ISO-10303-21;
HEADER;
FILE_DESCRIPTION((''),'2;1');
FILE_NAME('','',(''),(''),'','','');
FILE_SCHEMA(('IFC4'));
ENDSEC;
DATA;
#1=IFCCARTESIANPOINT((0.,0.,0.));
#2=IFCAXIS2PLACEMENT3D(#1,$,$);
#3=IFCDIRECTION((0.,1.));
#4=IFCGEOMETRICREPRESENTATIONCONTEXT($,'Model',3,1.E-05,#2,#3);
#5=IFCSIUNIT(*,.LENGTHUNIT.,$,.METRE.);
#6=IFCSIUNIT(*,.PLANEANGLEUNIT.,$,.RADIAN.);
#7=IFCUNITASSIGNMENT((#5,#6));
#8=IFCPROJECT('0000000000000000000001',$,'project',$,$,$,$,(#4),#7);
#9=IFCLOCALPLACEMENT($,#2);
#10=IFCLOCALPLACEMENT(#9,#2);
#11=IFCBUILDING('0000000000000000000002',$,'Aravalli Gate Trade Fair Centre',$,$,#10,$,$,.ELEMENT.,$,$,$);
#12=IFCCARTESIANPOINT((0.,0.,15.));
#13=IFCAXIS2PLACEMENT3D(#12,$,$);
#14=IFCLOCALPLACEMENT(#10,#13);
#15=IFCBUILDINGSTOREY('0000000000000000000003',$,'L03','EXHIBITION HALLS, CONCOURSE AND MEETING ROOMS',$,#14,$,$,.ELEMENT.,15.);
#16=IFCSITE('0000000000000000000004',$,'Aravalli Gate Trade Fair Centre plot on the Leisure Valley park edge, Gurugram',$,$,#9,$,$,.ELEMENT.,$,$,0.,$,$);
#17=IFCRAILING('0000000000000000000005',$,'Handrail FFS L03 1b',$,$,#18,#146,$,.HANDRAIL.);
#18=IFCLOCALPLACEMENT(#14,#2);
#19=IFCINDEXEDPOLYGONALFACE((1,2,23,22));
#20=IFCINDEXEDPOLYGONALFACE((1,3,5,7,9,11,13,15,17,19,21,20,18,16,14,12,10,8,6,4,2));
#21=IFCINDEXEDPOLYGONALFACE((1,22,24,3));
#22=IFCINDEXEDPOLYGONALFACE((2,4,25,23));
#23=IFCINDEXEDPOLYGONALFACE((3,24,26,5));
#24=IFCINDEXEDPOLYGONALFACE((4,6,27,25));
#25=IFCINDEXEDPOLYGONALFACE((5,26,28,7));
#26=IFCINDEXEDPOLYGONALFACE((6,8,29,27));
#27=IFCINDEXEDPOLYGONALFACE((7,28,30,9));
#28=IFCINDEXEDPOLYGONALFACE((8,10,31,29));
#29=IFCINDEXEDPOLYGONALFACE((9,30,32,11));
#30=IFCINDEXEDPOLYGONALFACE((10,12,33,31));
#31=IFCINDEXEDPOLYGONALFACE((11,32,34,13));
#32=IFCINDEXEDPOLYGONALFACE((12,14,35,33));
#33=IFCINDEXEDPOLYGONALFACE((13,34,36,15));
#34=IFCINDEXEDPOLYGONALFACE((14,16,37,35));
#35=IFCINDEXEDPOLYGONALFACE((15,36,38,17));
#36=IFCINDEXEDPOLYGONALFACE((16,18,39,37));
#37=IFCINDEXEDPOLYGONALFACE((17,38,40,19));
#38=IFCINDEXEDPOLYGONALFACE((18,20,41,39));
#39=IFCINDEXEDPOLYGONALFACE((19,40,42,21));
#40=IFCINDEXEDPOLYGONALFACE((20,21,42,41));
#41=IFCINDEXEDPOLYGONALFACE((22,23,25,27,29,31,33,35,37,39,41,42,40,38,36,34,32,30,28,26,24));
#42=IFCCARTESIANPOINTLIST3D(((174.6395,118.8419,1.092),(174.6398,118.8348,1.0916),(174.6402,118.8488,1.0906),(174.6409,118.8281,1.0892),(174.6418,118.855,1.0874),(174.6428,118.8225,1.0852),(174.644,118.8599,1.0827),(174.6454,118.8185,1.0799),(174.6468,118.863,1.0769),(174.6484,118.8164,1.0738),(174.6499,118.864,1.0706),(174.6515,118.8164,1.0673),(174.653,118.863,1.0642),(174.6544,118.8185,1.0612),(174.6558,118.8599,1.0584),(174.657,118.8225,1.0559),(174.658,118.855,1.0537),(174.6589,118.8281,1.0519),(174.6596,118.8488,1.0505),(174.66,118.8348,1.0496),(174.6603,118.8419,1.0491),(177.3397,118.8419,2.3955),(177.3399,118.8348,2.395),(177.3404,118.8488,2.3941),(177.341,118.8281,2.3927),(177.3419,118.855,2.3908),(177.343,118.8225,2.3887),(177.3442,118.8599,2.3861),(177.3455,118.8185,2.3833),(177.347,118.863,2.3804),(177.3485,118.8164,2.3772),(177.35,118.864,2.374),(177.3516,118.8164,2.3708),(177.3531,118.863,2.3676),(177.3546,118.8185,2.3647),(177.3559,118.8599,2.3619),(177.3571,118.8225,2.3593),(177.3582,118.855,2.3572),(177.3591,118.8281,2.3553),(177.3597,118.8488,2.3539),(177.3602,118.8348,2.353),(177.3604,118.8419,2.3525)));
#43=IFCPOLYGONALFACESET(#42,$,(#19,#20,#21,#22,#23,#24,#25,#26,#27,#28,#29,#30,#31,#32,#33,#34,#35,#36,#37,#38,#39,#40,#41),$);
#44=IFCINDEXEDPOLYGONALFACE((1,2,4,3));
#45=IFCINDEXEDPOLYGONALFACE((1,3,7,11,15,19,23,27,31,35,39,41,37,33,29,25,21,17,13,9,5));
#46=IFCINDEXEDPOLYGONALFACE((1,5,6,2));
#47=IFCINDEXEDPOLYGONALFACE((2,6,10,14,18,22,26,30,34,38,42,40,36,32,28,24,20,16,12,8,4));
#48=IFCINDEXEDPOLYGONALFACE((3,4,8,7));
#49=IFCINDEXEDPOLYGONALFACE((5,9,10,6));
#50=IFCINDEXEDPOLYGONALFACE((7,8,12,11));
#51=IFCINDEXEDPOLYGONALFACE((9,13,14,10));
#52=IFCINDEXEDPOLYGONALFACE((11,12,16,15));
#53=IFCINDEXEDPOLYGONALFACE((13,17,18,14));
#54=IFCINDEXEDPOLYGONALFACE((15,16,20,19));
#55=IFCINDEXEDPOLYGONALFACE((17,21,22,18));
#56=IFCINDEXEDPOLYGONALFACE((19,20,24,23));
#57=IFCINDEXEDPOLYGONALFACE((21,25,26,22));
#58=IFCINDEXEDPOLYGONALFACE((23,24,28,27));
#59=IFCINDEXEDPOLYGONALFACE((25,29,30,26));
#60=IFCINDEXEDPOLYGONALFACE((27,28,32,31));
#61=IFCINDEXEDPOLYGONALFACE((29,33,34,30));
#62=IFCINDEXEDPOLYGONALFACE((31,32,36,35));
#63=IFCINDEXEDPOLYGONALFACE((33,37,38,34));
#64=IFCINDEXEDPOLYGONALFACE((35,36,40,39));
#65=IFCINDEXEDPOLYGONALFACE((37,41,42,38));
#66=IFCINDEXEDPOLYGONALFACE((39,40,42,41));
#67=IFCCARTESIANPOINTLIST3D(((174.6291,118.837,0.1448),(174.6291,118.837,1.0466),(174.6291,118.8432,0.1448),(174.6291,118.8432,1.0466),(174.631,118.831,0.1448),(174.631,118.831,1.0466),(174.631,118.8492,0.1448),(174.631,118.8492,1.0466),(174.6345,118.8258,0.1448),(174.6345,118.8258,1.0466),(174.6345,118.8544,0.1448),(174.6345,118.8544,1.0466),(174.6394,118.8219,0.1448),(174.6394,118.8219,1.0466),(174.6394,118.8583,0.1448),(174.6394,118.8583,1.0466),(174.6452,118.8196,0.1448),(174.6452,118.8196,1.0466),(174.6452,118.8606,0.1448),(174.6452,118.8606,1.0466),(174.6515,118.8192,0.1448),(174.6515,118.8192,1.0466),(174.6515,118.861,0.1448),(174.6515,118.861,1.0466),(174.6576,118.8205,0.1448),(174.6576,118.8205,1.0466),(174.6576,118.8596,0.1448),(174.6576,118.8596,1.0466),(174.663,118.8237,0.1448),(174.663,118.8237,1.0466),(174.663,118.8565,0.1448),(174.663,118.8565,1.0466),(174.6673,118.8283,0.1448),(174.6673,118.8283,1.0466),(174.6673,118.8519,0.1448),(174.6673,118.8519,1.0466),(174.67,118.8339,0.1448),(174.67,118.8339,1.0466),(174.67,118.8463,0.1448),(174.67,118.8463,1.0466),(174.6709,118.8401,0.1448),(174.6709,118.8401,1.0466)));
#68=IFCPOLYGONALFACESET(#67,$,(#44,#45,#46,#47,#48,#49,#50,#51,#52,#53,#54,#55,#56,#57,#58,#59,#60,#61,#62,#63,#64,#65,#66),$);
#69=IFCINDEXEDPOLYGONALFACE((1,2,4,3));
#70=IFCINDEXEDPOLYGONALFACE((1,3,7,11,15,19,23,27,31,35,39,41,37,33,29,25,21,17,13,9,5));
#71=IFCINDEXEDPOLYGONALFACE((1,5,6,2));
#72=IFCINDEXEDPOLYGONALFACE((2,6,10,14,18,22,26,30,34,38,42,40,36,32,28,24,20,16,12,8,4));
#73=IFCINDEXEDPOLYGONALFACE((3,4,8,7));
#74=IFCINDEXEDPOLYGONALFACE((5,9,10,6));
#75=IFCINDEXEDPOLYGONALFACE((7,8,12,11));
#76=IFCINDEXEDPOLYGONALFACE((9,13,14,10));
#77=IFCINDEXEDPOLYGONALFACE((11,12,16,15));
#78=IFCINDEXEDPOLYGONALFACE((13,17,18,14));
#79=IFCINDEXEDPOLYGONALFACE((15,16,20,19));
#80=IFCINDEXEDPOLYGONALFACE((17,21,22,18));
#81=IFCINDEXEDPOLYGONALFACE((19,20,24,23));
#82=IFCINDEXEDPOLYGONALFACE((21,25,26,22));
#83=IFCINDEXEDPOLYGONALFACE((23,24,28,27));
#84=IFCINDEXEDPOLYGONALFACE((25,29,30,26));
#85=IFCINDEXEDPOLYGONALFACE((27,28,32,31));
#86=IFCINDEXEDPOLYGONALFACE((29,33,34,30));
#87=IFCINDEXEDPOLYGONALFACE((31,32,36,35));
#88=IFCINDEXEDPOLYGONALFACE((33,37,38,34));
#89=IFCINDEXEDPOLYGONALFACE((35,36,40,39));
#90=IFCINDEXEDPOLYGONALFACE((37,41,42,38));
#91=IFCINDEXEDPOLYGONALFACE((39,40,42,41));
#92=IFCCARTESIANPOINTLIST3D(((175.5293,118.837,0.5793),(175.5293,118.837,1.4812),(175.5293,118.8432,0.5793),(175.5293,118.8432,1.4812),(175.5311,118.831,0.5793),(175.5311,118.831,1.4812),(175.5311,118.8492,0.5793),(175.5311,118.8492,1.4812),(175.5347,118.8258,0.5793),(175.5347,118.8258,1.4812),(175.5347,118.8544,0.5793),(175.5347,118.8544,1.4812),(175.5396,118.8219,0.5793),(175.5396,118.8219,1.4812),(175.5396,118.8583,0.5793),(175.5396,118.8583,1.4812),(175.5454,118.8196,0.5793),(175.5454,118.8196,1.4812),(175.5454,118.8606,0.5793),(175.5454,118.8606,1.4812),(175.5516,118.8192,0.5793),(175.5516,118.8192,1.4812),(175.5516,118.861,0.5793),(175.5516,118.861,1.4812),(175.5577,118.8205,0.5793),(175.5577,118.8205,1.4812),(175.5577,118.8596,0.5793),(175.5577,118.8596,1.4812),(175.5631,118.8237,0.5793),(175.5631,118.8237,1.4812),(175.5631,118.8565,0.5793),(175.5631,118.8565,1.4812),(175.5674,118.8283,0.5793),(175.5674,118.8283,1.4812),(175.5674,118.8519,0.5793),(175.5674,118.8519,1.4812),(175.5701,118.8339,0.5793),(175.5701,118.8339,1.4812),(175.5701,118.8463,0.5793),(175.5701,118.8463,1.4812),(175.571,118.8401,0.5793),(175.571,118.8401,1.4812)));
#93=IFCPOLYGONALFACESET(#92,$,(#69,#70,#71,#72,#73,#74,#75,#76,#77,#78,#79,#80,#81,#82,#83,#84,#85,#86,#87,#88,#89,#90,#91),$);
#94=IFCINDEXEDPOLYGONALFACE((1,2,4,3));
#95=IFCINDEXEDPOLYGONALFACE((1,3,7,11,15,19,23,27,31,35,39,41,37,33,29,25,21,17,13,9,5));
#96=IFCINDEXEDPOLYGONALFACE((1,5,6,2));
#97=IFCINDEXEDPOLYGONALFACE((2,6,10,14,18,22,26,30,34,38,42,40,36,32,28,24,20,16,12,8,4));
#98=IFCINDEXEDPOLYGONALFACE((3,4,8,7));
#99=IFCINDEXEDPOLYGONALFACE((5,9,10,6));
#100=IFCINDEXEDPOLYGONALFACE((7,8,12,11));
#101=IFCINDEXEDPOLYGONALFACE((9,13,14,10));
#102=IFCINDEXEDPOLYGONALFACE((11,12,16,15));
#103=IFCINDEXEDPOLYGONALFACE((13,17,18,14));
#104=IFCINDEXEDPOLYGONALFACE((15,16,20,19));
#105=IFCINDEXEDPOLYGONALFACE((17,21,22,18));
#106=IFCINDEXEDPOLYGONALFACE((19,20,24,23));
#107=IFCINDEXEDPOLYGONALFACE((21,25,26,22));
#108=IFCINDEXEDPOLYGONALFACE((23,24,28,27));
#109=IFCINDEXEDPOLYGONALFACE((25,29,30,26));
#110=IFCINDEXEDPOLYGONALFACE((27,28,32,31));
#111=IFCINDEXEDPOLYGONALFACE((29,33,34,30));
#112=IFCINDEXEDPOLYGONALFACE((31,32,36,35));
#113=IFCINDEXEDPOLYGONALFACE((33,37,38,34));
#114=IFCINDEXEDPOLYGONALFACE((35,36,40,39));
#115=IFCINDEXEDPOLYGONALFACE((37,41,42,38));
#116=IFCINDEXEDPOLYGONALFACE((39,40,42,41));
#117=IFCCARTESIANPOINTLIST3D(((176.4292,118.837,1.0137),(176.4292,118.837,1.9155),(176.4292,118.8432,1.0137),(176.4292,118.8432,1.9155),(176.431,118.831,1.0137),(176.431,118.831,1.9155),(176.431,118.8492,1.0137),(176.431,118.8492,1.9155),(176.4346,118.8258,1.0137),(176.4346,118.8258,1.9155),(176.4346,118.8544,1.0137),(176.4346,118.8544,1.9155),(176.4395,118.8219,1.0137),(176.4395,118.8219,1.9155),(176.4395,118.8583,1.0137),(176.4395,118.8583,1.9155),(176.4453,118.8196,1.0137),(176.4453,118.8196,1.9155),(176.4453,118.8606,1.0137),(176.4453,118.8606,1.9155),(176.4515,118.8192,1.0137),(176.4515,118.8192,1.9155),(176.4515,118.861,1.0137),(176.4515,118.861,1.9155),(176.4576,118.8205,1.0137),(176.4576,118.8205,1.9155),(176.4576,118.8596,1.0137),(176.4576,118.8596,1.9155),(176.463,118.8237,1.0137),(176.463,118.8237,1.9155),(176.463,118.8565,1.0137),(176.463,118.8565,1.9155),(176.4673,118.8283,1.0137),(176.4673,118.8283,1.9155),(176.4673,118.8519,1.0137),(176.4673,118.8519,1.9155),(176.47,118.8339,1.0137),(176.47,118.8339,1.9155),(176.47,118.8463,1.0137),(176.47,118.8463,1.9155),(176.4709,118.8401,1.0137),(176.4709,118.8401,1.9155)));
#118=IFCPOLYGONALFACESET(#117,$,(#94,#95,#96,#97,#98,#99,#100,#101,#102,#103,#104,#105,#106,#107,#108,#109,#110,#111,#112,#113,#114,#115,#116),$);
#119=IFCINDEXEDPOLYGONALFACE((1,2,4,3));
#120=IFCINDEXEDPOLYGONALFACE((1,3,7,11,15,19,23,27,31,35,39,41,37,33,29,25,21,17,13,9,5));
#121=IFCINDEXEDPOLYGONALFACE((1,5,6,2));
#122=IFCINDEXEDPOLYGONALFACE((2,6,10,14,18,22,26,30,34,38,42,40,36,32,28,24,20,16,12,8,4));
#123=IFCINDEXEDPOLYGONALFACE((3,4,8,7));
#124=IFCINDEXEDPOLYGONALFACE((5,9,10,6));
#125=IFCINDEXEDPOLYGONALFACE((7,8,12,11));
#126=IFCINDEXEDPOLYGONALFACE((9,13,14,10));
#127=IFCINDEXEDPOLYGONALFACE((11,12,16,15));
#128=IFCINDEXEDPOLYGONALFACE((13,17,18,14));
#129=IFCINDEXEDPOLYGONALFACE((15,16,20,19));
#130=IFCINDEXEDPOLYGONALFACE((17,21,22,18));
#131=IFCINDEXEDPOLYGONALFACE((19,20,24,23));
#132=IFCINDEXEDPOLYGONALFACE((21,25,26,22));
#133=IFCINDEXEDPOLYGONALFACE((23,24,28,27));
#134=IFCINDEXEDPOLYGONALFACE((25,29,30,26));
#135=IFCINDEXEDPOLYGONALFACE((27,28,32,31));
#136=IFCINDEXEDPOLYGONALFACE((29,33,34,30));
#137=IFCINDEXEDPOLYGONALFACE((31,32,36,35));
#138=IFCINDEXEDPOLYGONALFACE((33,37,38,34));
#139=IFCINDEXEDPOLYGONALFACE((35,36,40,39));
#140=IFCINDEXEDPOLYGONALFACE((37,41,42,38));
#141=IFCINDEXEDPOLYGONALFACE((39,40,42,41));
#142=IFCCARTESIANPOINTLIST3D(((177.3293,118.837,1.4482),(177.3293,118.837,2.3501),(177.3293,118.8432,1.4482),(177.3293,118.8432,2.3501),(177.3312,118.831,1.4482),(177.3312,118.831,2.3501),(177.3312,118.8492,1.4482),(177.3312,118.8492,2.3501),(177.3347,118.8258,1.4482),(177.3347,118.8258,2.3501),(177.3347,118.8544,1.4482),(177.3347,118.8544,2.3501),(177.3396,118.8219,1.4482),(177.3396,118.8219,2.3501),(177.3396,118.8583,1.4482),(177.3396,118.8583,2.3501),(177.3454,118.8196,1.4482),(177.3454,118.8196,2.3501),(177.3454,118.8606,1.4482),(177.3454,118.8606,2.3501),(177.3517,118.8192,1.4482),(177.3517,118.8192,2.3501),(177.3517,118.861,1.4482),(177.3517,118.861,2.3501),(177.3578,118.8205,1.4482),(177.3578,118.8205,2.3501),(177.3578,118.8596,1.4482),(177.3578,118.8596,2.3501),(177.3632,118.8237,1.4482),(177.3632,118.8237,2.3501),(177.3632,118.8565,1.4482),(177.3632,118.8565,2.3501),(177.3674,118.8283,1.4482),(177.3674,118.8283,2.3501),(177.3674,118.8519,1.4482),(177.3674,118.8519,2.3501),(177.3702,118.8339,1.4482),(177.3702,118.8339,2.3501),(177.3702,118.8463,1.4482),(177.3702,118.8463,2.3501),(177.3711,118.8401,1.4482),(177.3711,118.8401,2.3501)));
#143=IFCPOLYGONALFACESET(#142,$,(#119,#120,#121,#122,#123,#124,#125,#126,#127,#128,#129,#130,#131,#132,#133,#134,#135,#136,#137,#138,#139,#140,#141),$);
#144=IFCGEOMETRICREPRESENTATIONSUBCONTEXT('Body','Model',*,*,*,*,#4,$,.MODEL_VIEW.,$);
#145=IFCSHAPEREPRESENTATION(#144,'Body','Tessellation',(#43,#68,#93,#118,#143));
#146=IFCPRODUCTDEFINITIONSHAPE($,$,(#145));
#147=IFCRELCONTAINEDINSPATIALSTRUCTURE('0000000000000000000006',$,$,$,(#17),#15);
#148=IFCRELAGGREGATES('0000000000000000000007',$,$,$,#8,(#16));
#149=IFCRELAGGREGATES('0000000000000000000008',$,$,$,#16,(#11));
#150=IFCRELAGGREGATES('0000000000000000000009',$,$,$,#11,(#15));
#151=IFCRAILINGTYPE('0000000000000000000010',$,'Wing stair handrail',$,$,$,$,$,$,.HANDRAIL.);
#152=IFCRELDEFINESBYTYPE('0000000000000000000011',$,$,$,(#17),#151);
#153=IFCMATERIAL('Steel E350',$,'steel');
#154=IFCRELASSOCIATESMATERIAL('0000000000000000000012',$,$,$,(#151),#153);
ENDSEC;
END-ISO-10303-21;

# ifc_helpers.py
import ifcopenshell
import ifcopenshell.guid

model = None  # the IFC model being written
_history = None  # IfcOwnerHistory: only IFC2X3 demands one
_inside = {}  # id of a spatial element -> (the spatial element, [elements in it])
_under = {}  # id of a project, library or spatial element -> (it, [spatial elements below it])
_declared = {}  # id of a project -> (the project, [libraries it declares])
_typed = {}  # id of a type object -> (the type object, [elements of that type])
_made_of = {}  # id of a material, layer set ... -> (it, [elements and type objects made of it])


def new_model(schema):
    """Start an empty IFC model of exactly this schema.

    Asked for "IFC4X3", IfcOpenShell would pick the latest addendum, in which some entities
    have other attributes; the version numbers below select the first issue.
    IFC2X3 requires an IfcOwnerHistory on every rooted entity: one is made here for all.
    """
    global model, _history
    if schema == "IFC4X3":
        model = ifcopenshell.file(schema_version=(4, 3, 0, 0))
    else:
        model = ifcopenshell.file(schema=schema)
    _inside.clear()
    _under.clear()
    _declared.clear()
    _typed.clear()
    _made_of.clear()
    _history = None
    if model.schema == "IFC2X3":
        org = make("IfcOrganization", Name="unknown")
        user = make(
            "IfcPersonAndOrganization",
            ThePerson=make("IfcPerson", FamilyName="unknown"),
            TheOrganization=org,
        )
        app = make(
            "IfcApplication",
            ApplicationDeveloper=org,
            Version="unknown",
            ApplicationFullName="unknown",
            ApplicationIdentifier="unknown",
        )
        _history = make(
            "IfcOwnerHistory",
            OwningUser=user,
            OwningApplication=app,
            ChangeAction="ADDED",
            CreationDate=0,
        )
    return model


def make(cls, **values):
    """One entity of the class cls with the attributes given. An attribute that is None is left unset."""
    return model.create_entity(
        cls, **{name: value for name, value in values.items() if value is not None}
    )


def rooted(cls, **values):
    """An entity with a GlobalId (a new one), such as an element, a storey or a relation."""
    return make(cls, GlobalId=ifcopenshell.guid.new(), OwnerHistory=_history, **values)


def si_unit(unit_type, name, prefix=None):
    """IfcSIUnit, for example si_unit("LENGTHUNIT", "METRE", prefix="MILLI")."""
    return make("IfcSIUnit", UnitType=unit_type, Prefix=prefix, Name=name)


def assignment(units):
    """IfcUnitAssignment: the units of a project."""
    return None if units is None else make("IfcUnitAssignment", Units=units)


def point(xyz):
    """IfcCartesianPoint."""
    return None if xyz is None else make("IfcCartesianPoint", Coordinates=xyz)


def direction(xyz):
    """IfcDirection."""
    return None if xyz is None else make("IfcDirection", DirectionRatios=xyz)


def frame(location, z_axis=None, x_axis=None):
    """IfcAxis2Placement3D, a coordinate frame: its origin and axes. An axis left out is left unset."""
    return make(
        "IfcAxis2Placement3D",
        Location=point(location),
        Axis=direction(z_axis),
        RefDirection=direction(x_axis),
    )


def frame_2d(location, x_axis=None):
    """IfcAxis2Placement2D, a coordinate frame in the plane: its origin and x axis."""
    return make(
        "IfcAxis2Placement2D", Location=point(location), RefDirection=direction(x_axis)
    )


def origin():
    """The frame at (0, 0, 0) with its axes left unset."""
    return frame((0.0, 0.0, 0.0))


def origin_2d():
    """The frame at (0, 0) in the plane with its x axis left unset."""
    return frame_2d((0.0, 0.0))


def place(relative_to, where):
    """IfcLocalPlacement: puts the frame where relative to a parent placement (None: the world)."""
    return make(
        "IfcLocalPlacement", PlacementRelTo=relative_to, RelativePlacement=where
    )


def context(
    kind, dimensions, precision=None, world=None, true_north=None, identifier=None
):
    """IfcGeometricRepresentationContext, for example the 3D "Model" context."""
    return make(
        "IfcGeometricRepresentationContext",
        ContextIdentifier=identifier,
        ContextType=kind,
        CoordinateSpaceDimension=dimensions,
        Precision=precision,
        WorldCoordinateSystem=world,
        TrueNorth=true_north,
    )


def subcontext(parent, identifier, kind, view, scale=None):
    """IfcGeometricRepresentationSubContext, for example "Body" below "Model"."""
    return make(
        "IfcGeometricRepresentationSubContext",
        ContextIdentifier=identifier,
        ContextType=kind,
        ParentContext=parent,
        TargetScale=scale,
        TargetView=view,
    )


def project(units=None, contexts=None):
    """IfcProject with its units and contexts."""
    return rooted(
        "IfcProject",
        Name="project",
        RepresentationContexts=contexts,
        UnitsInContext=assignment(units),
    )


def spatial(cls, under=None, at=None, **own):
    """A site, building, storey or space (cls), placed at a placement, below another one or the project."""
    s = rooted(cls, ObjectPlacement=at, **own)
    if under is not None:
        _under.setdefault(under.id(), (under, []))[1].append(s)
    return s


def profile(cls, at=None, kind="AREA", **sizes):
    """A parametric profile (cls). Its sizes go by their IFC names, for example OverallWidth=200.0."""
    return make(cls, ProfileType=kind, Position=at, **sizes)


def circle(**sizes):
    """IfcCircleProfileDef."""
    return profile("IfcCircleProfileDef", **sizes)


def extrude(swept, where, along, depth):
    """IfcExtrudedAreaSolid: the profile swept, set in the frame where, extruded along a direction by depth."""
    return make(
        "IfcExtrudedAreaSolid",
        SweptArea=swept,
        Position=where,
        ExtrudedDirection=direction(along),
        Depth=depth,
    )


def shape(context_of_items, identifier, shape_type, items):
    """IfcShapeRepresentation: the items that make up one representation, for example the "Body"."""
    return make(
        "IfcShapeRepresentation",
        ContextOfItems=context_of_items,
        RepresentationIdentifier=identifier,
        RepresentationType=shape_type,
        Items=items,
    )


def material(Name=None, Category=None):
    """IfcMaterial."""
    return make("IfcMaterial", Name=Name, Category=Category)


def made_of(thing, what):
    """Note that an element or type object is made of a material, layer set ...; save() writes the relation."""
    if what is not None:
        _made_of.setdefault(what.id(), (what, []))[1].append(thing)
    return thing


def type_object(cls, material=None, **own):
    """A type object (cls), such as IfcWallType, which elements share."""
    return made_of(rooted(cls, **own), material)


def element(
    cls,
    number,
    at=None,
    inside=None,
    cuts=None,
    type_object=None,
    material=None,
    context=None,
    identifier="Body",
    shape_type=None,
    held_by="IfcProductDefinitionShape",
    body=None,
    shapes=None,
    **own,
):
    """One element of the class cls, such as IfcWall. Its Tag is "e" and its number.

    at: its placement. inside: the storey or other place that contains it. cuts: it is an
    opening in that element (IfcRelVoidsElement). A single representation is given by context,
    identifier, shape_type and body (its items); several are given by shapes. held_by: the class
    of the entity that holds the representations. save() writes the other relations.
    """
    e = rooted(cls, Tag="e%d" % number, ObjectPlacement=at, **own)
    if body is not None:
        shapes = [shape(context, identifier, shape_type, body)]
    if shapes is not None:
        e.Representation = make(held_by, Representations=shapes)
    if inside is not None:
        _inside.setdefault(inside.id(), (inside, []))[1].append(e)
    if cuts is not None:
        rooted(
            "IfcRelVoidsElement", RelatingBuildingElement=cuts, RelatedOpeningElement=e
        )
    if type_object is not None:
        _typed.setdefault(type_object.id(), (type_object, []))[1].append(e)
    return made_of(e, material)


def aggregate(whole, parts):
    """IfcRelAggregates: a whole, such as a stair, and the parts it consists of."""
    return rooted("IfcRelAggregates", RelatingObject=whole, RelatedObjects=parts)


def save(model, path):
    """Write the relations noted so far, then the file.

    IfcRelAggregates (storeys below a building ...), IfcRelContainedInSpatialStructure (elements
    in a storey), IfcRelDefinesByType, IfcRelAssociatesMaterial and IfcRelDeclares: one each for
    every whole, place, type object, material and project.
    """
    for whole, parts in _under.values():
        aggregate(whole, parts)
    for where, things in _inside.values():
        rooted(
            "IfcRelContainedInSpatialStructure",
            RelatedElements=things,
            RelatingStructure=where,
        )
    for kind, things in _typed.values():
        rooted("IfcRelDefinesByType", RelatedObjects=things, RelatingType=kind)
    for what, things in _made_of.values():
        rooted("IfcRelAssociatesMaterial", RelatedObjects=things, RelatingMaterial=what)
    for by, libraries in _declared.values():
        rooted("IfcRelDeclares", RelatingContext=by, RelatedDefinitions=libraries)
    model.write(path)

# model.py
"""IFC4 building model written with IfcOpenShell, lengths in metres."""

from ifc_helpers import new_model, si_unit, direction, frame, origin, origin_2d, place, context, subcontext, project, spatial, circle, extrude, material, type_object, element, save


model = new_model("IFC4")

# Units and contexts
model_context = context("Model", 3, precision=1e-05, world=origin(), true_north=direction((0.0, 1.0)))
body_context = subcontext(model_context, "Body", "Model", "MODEL_VIEW")
ifc_project = project(units=[si_unit("LENGTHUNIT", "METRE"), si_unit("PLANEANGLEUNIT", "RADIAN")], contexts=[model_context])

# Site, building, storey
site_placement = place(None, origin())
site = spatial("IfcSite", under=ifc_project, at=site_placement, Name="Aravalli Gate Trade Fair Centre plot on the Leisure Valley park edge, Gurugram", CompositionType="ELEMENT", RefElevation=0.0)
building_placement = place(site_placement, origin())
building = spatial("IfcBuilding", under=site, at=building_placement, Name="Aravalli Gate Trade Fair Centre", CompositionType="ELEMENT")
storey_placement = place(building_placement, frame((0.0, 0.0, 15.0)))
storey = spatial("IfcBuildingStorey", under=building, at=storey_placement, Name="L03", Description="EXHIBITION HALLS, CONCOURSE AND MEETING ROOMS", CompositionType="ELEMENT", Elevation=15.0)

# Shared definitions
ifc_material_1 = material(Name="Steel E350", Category="steel")

# Railing
railing_type_1 = type_object("IfcRailingType", Name="Wing stair handrail", PredefinedType="HANDRAIL", material=ifc_material_1)
for number, where, name in (
    (1, (174.6499, 118.8401, 0.1448), "Handrail FFS L03 1b"),
):
    element("IfcRailing", number, at=place(storey_placement, frame(where)), inside=storey, type_object=railing_type_1, Name=name, PredefinedType="HANDRAIL", context=body_context, shape_type="SweptSolid", body=[
        extrude(circle(Radius=0.0239, at=origin_2d()), frame((0.0, 0.0, 0.9258), z_axis=(0.900562, 0.0, 0.434729), x_axis=(0.0, 1.0, 0.0)), (0.0, 0.0, 1.0), 2.9983),
        extrude(circle(Radius=0.021, at=origin_2d()), origin(), (0.0, 0.0, 1.0), 0.9019),
        extrude(circle(Radius=0.021, at=origin_2d()), frame((0.9001, 0.0, 0.4346)), (0.0, 0.0, 1.0), 0.9019),
        extrude(circle(Radius=0.021, at=origin_2d()), frame((1.8, 0.0, 0.8689)), (0.0, 0.0, 1.0), 0.9019),
        extrude(circle(Radius=0.021, at=origin_2d()), frame((2.7002, 0.0, 1.3035)), (0.0, 0.0, 1.0), 0.9019),
    ])

save(model, "model.ifc")
